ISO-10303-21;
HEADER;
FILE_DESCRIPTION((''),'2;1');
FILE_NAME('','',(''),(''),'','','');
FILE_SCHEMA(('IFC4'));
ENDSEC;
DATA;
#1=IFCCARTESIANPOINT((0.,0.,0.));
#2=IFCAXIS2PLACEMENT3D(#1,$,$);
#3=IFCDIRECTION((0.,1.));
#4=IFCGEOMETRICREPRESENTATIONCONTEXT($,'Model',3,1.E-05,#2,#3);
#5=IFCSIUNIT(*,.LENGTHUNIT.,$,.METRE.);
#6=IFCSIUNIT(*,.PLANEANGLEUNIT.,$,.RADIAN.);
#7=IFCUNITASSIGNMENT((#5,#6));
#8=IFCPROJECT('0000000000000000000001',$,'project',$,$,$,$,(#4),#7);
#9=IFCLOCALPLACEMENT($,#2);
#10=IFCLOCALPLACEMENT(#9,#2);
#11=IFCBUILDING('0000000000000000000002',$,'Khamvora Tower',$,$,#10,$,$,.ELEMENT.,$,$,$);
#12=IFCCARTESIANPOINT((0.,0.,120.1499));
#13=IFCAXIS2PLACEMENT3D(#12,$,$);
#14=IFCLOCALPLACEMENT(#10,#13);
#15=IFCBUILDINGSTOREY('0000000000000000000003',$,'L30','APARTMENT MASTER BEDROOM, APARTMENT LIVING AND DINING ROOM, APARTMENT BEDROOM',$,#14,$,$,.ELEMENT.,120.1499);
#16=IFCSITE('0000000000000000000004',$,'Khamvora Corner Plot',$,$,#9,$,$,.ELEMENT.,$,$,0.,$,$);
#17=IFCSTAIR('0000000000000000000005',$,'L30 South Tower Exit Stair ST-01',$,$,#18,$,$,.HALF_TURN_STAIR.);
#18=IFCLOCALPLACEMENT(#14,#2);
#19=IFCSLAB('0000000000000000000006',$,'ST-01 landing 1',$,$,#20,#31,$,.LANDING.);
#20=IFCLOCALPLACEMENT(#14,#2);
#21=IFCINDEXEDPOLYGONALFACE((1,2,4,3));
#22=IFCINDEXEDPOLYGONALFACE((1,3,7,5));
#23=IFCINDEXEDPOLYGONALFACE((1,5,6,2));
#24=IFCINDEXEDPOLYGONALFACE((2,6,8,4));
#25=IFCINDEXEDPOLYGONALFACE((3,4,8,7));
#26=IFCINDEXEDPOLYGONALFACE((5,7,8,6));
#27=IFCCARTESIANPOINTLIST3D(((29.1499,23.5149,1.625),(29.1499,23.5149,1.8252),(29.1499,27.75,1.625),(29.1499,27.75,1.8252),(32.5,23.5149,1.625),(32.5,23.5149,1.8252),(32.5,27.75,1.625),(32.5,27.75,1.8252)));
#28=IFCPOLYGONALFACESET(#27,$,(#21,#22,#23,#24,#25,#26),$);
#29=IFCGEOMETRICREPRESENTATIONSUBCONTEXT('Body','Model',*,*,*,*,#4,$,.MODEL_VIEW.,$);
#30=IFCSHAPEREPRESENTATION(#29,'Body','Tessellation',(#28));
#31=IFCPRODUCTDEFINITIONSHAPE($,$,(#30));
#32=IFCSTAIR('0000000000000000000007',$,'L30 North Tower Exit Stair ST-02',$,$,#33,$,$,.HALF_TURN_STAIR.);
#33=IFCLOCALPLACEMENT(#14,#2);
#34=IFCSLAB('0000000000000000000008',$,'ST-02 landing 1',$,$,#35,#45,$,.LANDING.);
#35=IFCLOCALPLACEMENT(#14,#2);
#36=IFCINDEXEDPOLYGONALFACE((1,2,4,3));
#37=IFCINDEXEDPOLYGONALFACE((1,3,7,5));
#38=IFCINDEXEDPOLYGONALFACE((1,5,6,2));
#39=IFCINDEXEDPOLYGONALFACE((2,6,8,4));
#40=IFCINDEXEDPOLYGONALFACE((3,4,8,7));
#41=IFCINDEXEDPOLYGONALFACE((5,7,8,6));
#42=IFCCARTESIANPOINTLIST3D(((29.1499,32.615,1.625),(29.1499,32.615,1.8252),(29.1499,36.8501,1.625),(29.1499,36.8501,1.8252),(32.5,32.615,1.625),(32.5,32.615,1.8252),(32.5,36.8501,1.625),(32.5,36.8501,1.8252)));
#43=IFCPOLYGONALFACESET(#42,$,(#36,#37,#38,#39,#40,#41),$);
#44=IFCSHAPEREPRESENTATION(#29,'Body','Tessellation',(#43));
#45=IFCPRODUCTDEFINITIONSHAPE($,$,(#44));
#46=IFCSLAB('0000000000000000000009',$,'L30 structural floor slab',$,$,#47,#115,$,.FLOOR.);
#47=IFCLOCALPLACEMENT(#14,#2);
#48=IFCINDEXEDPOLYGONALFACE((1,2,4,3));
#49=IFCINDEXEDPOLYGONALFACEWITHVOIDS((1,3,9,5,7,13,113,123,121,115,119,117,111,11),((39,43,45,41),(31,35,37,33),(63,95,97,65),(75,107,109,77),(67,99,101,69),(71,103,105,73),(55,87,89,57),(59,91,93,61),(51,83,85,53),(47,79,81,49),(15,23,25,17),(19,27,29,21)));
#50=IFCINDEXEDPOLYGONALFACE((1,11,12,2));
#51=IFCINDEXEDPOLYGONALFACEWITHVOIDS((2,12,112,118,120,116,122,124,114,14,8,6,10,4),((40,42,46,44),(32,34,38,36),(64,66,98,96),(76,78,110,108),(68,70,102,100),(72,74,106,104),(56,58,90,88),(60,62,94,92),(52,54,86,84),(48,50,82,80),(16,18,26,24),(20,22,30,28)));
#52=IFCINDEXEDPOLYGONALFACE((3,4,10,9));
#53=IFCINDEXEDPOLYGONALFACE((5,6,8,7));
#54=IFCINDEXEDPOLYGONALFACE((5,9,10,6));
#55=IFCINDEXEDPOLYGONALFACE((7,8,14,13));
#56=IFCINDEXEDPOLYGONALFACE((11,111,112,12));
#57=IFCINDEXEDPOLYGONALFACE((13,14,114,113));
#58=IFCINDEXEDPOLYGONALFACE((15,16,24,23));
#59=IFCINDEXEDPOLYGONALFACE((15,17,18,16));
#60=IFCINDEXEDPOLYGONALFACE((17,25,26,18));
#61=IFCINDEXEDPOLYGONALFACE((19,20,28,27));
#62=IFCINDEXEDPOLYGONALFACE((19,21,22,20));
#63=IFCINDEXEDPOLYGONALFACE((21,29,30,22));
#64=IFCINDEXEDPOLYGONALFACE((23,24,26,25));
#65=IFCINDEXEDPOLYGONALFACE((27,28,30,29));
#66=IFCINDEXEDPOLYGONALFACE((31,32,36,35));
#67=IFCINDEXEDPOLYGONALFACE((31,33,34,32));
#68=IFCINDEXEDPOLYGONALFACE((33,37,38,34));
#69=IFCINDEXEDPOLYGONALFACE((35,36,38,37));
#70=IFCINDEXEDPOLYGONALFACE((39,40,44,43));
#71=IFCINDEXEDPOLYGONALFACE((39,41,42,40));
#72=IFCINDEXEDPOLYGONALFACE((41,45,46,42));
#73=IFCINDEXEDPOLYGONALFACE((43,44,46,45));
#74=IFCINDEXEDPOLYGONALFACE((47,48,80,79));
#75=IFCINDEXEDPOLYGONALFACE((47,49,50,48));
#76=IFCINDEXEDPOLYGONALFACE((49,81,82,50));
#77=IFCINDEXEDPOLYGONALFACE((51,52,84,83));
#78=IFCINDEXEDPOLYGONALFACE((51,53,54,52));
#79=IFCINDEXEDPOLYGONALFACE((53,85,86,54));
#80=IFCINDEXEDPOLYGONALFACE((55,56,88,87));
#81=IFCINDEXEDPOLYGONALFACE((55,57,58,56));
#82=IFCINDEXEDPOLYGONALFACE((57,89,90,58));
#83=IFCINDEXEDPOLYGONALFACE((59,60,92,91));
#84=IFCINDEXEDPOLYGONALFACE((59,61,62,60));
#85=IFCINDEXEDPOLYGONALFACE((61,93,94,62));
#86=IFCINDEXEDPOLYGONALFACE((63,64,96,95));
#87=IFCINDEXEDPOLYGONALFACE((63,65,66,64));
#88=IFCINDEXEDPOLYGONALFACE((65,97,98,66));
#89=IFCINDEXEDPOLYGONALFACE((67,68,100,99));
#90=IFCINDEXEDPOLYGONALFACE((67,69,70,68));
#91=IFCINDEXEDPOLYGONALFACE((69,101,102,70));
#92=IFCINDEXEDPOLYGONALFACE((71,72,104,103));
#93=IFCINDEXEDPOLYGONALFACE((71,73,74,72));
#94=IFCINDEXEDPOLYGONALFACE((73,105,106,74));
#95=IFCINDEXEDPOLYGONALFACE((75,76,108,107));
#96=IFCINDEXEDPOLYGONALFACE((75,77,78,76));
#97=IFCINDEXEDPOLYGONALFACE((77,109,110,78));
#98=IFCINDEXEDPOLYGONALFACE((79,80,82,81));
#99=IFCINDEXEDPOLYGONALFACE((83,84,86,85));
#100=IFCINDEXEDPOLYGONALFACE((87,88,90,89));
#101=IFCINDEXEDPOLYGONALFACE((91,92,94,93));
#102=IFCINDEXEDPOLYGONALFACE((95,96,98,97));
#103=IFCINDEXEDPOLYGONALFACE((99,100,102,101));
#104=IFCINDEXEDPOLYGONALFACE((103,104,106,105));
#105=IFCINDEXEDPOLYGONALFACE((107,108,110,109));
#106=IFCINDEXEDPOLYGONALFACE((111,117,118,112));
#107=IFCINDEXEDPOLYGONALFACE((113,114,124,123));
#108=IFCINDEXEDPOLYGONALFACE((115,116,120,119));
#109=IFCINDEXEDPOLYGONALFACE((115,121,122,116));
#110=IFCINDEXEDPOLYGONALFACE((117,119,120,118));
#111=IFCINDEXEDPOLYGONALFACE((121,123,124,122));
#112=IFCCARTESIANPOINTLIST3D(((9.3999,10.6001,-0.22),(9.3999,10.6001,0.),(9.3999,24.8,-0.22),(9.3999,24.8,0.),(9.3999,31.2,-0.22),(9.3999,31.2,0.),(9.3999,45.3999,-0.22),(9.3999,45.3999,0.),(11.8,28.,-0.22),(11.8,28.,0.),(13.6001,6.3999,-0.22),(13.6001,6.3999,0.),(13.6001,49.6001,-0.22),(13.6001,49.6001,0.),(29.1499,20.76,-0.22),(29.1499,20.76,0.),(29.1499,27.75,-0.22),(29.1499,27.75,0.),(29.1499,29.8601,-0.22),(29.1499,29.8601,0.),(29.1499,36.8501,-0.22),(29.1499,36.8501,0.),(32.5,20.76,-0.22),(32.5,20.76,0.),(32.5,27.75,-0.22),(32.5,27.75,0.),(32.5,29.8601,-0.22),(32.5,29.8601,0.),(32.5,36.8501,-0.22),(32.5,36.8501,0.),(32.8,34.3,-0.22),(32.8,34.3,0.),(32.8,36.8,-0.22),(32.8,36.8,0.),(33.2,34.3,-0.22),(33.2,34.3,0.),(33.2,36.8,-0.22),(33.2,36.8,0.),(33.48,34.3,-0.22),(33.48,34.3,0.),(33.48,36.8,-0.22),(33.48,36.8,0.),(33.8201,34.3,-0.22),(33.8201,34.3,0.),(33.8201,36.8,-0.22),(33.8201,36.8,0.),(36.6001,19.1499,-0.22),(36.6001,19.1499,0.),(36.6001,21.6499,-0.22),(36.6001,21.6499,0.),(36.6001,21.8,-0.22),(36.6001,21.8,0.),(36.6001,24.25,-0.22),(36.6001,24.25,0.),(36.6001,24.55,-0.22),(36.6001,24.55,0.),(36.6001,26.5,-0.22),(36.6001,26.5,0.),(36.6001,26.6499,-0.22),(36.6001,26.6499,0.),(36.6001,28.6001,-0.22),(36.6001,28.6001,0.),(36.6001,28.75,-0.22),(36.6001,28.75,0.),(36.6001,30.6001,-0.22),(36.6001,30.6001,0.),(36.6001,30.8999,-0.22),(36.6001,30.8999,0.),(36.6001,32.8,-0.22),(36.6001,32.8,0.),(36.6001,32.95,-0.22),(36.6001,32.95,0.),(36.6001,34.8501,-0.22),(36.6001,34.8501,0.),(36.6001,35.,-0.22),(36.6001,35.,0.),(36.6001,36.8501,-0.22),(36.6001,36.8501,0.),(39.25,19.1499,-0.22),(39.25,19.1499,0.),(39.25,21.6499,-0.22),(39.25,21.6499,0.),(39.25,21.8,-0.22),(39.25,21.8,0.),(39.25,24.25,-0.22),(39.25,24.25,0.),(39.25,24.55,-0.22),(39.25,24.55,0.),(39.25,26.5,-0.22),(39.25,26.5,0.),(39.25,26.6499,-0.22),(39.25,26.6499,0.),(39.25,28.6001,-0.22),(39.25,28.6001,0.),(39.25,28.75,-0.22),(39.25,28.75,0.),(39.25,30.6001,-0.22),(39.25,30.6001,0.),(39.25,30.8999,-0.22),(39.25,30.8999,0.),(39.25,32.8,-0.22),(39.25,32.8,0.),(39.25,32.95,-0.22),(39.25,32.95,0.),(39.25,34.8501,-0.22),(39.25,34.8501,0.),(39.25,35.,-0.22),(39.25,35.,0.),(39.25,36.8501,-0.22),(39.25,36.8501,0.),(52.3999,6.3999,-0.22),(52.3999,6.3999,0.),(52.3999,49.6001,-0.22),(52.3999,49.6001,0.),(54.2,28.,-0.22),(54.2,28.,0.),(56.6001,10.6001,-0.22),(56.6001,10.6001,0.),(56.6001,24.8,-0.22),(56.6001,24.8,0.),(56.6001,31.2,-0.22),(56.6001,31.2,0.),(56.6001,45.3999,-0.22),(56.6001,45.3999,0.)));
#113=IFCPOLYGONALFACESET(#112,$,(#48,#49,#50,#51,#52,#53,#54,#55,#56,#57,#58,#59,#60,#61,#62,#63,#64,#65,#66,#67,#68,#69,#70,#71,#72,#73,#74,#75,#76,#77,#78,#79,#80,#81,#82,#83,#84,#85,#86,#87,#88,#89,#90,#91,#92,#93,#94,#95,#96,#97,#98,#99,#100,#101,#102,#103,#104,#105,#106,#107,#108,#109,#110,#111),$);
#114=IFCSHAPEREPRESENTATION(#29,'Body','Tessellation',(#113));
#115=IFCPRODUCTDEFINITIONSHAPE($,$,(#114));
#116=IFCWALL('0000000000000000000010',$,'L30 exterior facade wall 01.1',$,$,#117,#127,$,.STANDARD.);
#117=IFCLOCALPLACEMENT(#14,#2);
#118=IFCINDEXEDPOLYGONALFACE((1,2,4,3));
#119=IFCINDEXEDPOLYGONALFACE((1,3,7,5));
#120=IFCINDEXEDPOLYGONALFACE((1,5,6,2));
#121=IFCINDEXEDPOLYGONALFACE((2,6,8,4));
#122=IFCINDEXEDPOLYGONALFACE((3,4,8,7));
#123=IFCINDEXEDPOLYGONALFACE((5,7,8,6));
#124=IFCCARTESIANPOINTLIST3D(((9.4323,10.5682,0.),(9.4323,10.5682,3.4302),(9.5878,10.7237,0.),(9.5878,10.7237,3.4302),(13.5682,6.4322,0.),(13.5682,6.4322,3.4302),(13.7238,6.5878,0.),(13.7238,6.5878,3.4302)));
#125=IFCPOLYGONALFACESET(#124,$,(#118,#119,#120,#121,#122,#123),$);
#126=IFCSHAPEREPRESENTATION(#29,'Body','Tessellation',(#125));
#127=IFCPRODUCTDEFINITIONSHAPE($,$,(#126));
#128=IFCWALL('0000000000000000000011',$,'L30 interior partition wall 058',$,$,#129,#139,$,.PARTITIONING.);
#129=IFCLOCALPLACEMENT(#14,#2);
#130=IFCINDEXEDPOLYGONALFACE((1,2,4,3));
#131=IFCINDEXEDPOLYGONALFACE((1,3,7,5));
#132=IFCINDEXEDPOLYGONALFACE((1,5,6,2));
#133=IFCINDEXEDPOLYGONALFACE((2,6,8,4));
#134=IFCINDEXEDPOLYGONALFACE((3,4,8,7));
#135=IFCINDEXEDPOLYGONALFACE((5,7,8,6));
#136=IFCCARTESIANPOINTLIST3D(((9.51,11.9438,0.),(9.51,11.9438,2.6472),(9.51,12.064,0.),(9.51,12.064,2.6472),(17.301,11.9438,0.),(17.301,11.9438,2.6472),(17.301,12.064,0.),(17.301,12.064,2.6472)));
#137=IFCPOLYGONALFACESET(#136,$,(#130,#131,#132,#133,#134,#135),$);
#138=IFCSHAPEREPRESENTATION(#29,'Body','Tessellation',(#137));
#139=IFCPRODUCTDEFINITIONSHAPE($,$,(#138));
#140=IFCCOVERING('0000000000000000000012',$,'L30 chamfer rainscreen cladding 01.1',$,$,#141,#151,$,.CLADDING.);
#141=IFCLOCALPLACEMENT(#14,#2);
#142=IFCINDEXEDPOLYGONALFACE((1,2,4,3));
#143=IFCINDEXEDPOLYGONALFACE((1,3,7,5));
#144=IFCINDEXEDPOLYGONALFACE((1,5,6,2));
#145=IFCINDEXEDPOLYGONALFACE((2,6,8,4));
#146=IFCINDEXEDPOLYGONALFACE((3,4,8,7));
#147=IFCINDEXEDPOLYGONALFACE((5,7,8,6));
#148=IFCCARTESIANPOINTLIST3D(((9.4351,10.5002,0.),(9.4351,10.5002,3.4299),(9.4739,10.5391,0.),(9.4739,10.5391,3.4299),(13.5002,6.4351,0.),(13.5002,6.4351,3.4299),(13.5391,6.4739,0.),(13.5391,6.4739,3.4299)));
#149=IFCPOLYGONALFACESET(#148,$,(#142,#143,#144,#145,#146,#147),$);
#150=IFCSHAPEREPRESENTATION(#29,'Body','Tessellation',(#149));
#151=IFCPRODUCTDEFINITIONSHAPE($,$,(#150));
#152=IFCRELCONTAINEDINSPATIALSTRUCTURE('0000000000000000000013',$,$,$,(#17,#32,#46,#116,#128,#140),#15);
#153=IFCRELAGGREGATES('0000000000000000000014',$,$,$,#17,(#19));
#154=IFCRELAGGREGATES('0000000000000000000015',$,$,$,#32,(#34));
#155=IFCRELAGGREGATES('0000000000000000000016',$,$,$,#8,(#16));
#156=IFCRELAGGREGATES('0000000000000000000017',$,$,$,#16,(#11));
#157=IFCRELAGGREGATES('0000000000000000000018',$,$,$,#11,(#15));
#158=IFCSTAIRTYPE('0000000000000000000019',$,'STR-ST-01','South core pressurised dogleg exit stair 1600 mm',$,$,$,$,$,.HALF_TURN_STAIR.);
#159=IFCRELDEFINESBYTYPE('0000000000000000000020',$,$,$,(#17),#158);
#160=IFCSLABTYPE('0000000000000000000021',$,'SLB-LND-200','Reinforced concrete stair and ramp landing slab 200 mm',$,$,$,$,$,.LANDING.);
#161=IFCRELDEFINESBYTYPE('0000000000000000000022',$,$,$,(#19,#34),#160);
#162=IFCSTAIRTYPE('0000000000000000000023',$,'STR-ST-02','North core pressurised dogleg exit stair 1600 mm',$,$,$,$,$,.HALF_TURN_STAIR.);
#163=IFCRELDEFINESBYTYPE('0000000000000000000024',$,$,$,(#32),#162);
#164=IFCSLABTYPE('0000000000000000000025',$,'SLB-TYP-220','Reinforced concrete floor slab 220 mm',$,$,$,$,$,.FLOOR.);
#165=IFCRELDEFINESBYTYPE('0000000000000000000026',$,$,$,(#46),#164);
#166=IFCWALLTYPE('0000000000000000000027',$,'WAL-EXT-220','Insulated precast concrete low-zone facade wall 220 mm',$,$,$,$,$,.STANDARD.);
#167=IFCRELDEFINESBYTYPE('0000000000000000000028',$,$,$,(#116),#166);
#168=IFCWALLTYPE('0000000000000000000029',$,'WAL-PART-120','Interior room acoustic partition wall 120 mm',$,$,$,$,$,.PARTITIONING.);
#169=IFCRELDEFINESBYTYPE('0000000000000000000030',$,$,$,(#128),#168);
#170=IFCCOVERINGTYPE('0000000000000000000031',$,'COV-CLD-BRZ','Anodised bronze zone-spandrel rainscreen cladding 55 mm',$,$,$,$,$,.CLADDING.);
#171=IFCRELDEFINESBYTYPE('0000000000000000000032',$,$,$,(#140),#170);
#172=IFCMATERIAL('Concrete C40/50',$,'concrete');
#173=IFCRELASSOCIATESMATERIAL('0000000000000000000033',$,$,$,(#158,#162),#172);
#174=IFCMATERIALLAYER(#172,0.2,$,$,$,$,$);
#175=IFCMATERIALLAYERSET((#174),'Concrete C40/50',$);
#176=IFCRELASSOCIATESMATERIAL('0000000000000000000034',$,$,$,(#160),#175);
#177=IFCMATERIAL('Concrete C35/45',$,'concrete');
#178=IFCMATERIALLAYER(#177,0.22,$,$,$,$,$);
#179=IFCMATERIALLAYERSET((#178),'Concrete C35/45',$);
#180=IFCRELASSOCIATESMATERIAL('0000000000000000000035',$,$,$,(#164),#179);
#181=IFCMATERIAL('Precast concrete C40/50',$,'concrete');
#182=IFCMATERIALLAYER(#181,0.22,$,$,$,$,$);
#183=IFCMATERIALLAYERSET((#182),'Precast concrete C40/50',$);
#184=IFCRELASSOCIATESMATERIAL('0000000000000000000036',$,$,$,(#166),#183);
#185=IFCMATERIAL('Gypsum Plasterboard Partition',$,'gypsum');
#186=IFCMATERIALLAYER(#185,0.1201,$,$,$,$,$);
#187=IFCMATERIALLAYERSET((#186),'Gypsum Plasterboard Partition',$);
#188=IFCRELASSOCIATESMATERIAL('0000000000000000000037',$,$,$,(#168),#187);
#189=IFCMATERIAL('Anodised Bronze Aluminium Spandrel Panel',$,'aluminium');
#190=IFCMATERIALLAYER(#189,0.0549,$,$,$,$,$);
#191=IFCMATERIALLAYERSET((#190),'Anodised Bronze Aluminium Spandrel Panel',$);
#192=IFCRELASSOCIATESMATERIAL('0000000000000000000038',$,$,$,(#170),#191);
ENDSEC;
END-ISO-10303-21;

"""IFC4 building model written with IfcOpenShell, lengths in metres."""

from ifc_helpers import new_model, si_unit, direction, frame, frame_2d, origin, origin_2d, place, context, subcontext, project, spatial, polyline, rectangle, outline, extrude, material, layer, layer_set, type_object, element, aggregate, save


model = new_model("IFC4")

# Units and contexts
model_context = context("Model", 3, precision=1e-05, world=origin(), true_north=direction((0.0, 1.0)))
body_context = subcontext(model_context, "Body", "Model", "MODEL_VIEW")
ifc_project = project(units=[si_unit("LENGTHUNIT", "METRE"), si_unit("PLANEANGLEUNIT", "RADIAN")], contexts=[model_context])

# Site, building, storey
site_placement = place(None, origin())
site = spatial("IfcSite", under=ifc_project, at=site_placement, Name="Khamvora Corner Plot", CompositionType="ELEMENT", RefElevation=0.0)
building_placement = place(site_placement, origin())
building = spatial("IfcBuilding", under=site, at=building_placement, Name="Khamvora Tower", CompositionType="ELEMENT")
storey_placement = place(building_placement, frame((0.0, 0.0, 120.1499)))
storey = spatial("IfcBuildingStorey", under=building, at=storey_placement, Name="L30", Description="APARTMENT MASTER BEDROOM, APARTMENT LIVING AND DINING ROOM, APARTMENT BEDROOM", CompositionType="ELEMENT", Elevation=120.1499)

# Stairs, slabs
ifc_material_1 = material(Name="Concrete C40/50", Category="concrete")
stair_type_1 = type_object("IfcStairType", Name="STR-ST-01", Description="South core pressurised dogleg exit stair 1600 mm", PredefinedType="HALF_TURN_STAIR", material=ifc_material_1)
stair_1_placement = place(storey_placement, origin())
stair_1 = element("IfcStair", 1, at=stair_1_placement, inside=storey, type_object=stair_type_1, Name="L30 South Tower Exit Stair ST-01", PredefinedType="HALF_TURN_STAIR")
ifc_layer_1 = layer(ifc_material_1, 0.2)
ifc_layer_set_1 = layer_set([ifc_layer_1], Name="Concrete C40/50")
slab_type_1 = type_object("IfcSlabType", Name="SLB-LND-200", Description="Reinforced concrete stair and ramp landing slab 200 mm", PredefinedType="LANDING", material=ifc_layer_set_1)
slab_1_placement = place(storey_placement, frame((0.0, 0.0, 1.625)))
slab_1 = element("IfcSlab", 2, at=slab_1_placement, type_object=slab_type_1, Name="ST-01 landing 1", PredefinedType="LANDING", context=body_context, shape_type="SweptSolid", body=[
    extrude(outline(polyline([(32.5, 23.5149), (32.5, 27.75), (29.1499, 27.75), (29.1499, 23.5149), (32.5, 23.5149)])), origin(), (0.0, 0.0, 1.0), 0.2002),
])
aggregate(stair_1, [slab_1])
stair_type_2 = type_object("IfcStairType", Name="STR-ST-02", Description="North core pressurised dogleg exit stair 1600 mm", PredefinedType="HALF_TURN_STAIR", material=ifc_material_1)
stair_2_placement = place(storey_placement, origin())
stair_2 = element("IfcStair", 3, at=stair_2_placement, inside=storey, type_object=stair_type_2, Name="L30 North Tower Exit Stair ST-02", PredefinedType="HALF_TURN_STAIR")
slab_2_placement = place(storey_placement, frame((0.0, 0.0, 1.625)))
slab_2 = element("IfcSlab", 4, at=slab_2_placement, type_object=slab_type_1, Name="ST-02 landing 1", PredefinedType="LANDING", context=body_context, shape_type="SweptSolid", body=[
    extrude(outline(polyline([(32.5, 32.615), (32.5, 36.8501), (29.1499, 36.8501), (29.1499, 32.615), (32.5, 32.615)])), origin(), (0.0, 0.0, 1.0), 0.2002),
])
aggregate(stair_2, [slab_2])

# Slab
ifc_material_2 = material(Name="Concrete C35/45", Category="concrete")
ifc_layer_2 = layer(ifc_material_2, 0.22)
ifc_layer_set_2 = layer_set([ifc_layer_2], Name="Concrete C35/45")
slab_type_2 = type_object("IfcSlabType", Name="SLB-TYP-220", Description="Reinforced concrete floor slab 220 mm", PredefinedType="FLOOR", material=ifc_layer_set_2)
slab_3_placement = place(storey_placement, frame((0.0, 0.0, -0.22)))
element("IfcSlab", 5, at=slab_3_placement, inside=storey, type_object=slab_type_2, Name="L30 structural floor slab", PredefinedType="FLOOR", context=body_context, shape_type="SweptSolid", body=[
    extrude(outline(polyline([(13.6001, 6.3999), (52.3999, 6.3999), (56.6001, 10.6001), (56.6001, 24.8), (54.2, 28.0), (56.6001, 31.2), (56.6001, 45.3999), (52.3999, 49.6001), (13.6001, 49.6001), (9.3999, 45.3999), (9.3999, 31.2), (11.8, 28.0), (9.3999, 24.8), (9.3999, 10.6001), (13.6001, 6.3999)]), holes=[polyline([(32.5, 20.76), (32.5, 27.75), (29.1499, 27.75), (29.1499, 20.76), (32.5, 20.76)]), polyline([(32.5, 29.8601), (32.5, 36.8501), (29.1499, 36.8501), (29.1499, 29.8601), (32.5, 29.8601)]), polyline([(36.6001, 19.1499), (39.25, 19.1499), (39.25, 21.6499), (36.6001, 21.6499), (36.6001, 19.1499)]), polyline([(36.6001, 21.8), (39.25, 21.8), (39.25, 24.25), (36.6001, 24.25), (36.6001, 21.8)]), polyline([(36.6001, 24.55), (39.25, 24.55), (39.25, 26.5), (36.6001, 26.5), (36.6001, 24.55)]), polyline([(36.6001, 26.6499), (39.25, 26.6499), (39.25, 28.6001), (36.6001, 28.6001), (36.6001, 26.6499)]), polyline([(36.6001, 28.75), (39.25, 28.75), (39.25, 30.6001), (36.6001, 30.6001), (36.6001, 28.75)]), polyline([(36.6001, 30.8999), (39.25, 30.8999), (39.25, 32.8), (36.6001, 32.8), (36.6001, 30.8999)]), polyline([(36.6001, 32.95), (39.25, 32.95), (39.25, 34.8501), (36.6001, 34.8501), (36.6001, 32.95)]), polyline([(36.6001, 35.0), (39.25, 35.0), (39.25, 36.8501), (36.6001, 36.8501), (36.6001, 35.0)]), polyline([(32.8, 34.3), (33.2, 34.3), (33.2, 36.8), (32.8, 36.8), (32.8, 34.3)]), polyline([(33.48, 34.3), (33.8201, 34.3), (33.8201, 36.8), (33.48, 36.8), (33.48, 34.3)])]), origin(), (0.0, 0.0, 1.0), 0.22),
])

# Walls
ifc_material_3 = material(Name="Precast concrete C40/50", Category="concrete")
ifc_layer_3 = layer(ifc_material_3, 0.22)
ifc_layer_set_3 = layer_set([ifc_layer_3], Name="Precast concrete C40/50")
wall_type_1 = type_object("IfcWallType", Name="WAL-EXT-220", Description="Insulated precast concrete low-zone facade wall 220 mm", PredefinedType="STANDARD", material=ifc_layer_set_3)
wall_1_placement = place(storey_placement, frame((13.646, 6.51, 0.0), z_axis=(0.0, 0.0, 1.0), x_axis=(-0.707107, 0.707107, 0.0)))
element("IfcWall", 6, at=wall_1_placement, inside=storey, type_object=wall_type_1, Name="L30 exterior facade wall 01.1", PredefinedType="STANDARD", context=body_context, shape_type="SweptSolid", body=[
    extrude(rectangle(XDim=5.8491, YDim=0.22, at=frame_2d((2.9246, 0.0))), origin(), (0.0, 0.0, 1.0), 3.4302),
])
ifc_material_4 = material(Name="Gypsum Plasterboard Partition", Category="gypsum")
ifc_layer_4 = layer(ifc_material_4, 0.1201)
ifc_layer_set_4 = layer_set([ifc_layer_4], Name="Gypsum Plasterboard Partition")
wall_type_2 = type_object("IfcWallType", Name="WAL-PART-120", Description="Interior room acoustic partition wall 120 mm", PredefinedType="PARTITIONING", material=ifc_layer_set_4)
wall_2_placement = place(storey_placement, frame((9.51, 12.0039, 0.0), z_axis=(0.0, 0.0, 1.0), x_axis=(1.0, 0.0, 0.0)))
element("IfcWall", 7, at=wall_2_placement, inside=storey, type_object=wall_type_2, Name="L30 interior partition wall 058", PredefinedType="PARTITIONING", context=body_context, shape_type="SweptSolid", body=[
    extrude(rectangle(XDim=7.791, YDim=0.1201, at=frame_2d((3.8955, 0.0))), origin(), (0.0, 0.0, 1.0), 2.6472),
])

# Covering
ifc_material_5 = material(Name="Anodised Bronze Aluminium Spandrel Panel", Category="aluminium")
ifc_layer_5 = layer(ifc_material_5, 0.0549)
ifc_layer_set_5 = layer_set([ifc_layer_5], Name="Anodised Bronze Aluminium Spandrel Panel")
covering_type = type_object("IfcCoveringType", Name="COV-CLD-BRZ", Description="Anodised bronze zone-spandrel rainscreen cladding 55 mm", PredefinedType="CLADDING", material=ifc_layer_set_5)
covering_placement = place(storey_placement, frame((11.4871, 8.4871, 0.0), z_axis=(0.0, 0.0, 1.0), x_axis=(-0.707107, 0.707107, 0.0)))
element("IfcCovering", 8, at=covering_placement, inside=storey, type_object=covering_type, Name="L30 chamfer rainscreen cladding 01.1", PredefinedType="CLADDING", context=body_context, shape_type="SweptSolid", body=[
    extrude(rectangle(XDim=5.749, YDim=0.0549, at=origin_2d()), origin(), (0.0, 0.0, 1.0), 3.4299),
])

save(model, "model.ifc")
